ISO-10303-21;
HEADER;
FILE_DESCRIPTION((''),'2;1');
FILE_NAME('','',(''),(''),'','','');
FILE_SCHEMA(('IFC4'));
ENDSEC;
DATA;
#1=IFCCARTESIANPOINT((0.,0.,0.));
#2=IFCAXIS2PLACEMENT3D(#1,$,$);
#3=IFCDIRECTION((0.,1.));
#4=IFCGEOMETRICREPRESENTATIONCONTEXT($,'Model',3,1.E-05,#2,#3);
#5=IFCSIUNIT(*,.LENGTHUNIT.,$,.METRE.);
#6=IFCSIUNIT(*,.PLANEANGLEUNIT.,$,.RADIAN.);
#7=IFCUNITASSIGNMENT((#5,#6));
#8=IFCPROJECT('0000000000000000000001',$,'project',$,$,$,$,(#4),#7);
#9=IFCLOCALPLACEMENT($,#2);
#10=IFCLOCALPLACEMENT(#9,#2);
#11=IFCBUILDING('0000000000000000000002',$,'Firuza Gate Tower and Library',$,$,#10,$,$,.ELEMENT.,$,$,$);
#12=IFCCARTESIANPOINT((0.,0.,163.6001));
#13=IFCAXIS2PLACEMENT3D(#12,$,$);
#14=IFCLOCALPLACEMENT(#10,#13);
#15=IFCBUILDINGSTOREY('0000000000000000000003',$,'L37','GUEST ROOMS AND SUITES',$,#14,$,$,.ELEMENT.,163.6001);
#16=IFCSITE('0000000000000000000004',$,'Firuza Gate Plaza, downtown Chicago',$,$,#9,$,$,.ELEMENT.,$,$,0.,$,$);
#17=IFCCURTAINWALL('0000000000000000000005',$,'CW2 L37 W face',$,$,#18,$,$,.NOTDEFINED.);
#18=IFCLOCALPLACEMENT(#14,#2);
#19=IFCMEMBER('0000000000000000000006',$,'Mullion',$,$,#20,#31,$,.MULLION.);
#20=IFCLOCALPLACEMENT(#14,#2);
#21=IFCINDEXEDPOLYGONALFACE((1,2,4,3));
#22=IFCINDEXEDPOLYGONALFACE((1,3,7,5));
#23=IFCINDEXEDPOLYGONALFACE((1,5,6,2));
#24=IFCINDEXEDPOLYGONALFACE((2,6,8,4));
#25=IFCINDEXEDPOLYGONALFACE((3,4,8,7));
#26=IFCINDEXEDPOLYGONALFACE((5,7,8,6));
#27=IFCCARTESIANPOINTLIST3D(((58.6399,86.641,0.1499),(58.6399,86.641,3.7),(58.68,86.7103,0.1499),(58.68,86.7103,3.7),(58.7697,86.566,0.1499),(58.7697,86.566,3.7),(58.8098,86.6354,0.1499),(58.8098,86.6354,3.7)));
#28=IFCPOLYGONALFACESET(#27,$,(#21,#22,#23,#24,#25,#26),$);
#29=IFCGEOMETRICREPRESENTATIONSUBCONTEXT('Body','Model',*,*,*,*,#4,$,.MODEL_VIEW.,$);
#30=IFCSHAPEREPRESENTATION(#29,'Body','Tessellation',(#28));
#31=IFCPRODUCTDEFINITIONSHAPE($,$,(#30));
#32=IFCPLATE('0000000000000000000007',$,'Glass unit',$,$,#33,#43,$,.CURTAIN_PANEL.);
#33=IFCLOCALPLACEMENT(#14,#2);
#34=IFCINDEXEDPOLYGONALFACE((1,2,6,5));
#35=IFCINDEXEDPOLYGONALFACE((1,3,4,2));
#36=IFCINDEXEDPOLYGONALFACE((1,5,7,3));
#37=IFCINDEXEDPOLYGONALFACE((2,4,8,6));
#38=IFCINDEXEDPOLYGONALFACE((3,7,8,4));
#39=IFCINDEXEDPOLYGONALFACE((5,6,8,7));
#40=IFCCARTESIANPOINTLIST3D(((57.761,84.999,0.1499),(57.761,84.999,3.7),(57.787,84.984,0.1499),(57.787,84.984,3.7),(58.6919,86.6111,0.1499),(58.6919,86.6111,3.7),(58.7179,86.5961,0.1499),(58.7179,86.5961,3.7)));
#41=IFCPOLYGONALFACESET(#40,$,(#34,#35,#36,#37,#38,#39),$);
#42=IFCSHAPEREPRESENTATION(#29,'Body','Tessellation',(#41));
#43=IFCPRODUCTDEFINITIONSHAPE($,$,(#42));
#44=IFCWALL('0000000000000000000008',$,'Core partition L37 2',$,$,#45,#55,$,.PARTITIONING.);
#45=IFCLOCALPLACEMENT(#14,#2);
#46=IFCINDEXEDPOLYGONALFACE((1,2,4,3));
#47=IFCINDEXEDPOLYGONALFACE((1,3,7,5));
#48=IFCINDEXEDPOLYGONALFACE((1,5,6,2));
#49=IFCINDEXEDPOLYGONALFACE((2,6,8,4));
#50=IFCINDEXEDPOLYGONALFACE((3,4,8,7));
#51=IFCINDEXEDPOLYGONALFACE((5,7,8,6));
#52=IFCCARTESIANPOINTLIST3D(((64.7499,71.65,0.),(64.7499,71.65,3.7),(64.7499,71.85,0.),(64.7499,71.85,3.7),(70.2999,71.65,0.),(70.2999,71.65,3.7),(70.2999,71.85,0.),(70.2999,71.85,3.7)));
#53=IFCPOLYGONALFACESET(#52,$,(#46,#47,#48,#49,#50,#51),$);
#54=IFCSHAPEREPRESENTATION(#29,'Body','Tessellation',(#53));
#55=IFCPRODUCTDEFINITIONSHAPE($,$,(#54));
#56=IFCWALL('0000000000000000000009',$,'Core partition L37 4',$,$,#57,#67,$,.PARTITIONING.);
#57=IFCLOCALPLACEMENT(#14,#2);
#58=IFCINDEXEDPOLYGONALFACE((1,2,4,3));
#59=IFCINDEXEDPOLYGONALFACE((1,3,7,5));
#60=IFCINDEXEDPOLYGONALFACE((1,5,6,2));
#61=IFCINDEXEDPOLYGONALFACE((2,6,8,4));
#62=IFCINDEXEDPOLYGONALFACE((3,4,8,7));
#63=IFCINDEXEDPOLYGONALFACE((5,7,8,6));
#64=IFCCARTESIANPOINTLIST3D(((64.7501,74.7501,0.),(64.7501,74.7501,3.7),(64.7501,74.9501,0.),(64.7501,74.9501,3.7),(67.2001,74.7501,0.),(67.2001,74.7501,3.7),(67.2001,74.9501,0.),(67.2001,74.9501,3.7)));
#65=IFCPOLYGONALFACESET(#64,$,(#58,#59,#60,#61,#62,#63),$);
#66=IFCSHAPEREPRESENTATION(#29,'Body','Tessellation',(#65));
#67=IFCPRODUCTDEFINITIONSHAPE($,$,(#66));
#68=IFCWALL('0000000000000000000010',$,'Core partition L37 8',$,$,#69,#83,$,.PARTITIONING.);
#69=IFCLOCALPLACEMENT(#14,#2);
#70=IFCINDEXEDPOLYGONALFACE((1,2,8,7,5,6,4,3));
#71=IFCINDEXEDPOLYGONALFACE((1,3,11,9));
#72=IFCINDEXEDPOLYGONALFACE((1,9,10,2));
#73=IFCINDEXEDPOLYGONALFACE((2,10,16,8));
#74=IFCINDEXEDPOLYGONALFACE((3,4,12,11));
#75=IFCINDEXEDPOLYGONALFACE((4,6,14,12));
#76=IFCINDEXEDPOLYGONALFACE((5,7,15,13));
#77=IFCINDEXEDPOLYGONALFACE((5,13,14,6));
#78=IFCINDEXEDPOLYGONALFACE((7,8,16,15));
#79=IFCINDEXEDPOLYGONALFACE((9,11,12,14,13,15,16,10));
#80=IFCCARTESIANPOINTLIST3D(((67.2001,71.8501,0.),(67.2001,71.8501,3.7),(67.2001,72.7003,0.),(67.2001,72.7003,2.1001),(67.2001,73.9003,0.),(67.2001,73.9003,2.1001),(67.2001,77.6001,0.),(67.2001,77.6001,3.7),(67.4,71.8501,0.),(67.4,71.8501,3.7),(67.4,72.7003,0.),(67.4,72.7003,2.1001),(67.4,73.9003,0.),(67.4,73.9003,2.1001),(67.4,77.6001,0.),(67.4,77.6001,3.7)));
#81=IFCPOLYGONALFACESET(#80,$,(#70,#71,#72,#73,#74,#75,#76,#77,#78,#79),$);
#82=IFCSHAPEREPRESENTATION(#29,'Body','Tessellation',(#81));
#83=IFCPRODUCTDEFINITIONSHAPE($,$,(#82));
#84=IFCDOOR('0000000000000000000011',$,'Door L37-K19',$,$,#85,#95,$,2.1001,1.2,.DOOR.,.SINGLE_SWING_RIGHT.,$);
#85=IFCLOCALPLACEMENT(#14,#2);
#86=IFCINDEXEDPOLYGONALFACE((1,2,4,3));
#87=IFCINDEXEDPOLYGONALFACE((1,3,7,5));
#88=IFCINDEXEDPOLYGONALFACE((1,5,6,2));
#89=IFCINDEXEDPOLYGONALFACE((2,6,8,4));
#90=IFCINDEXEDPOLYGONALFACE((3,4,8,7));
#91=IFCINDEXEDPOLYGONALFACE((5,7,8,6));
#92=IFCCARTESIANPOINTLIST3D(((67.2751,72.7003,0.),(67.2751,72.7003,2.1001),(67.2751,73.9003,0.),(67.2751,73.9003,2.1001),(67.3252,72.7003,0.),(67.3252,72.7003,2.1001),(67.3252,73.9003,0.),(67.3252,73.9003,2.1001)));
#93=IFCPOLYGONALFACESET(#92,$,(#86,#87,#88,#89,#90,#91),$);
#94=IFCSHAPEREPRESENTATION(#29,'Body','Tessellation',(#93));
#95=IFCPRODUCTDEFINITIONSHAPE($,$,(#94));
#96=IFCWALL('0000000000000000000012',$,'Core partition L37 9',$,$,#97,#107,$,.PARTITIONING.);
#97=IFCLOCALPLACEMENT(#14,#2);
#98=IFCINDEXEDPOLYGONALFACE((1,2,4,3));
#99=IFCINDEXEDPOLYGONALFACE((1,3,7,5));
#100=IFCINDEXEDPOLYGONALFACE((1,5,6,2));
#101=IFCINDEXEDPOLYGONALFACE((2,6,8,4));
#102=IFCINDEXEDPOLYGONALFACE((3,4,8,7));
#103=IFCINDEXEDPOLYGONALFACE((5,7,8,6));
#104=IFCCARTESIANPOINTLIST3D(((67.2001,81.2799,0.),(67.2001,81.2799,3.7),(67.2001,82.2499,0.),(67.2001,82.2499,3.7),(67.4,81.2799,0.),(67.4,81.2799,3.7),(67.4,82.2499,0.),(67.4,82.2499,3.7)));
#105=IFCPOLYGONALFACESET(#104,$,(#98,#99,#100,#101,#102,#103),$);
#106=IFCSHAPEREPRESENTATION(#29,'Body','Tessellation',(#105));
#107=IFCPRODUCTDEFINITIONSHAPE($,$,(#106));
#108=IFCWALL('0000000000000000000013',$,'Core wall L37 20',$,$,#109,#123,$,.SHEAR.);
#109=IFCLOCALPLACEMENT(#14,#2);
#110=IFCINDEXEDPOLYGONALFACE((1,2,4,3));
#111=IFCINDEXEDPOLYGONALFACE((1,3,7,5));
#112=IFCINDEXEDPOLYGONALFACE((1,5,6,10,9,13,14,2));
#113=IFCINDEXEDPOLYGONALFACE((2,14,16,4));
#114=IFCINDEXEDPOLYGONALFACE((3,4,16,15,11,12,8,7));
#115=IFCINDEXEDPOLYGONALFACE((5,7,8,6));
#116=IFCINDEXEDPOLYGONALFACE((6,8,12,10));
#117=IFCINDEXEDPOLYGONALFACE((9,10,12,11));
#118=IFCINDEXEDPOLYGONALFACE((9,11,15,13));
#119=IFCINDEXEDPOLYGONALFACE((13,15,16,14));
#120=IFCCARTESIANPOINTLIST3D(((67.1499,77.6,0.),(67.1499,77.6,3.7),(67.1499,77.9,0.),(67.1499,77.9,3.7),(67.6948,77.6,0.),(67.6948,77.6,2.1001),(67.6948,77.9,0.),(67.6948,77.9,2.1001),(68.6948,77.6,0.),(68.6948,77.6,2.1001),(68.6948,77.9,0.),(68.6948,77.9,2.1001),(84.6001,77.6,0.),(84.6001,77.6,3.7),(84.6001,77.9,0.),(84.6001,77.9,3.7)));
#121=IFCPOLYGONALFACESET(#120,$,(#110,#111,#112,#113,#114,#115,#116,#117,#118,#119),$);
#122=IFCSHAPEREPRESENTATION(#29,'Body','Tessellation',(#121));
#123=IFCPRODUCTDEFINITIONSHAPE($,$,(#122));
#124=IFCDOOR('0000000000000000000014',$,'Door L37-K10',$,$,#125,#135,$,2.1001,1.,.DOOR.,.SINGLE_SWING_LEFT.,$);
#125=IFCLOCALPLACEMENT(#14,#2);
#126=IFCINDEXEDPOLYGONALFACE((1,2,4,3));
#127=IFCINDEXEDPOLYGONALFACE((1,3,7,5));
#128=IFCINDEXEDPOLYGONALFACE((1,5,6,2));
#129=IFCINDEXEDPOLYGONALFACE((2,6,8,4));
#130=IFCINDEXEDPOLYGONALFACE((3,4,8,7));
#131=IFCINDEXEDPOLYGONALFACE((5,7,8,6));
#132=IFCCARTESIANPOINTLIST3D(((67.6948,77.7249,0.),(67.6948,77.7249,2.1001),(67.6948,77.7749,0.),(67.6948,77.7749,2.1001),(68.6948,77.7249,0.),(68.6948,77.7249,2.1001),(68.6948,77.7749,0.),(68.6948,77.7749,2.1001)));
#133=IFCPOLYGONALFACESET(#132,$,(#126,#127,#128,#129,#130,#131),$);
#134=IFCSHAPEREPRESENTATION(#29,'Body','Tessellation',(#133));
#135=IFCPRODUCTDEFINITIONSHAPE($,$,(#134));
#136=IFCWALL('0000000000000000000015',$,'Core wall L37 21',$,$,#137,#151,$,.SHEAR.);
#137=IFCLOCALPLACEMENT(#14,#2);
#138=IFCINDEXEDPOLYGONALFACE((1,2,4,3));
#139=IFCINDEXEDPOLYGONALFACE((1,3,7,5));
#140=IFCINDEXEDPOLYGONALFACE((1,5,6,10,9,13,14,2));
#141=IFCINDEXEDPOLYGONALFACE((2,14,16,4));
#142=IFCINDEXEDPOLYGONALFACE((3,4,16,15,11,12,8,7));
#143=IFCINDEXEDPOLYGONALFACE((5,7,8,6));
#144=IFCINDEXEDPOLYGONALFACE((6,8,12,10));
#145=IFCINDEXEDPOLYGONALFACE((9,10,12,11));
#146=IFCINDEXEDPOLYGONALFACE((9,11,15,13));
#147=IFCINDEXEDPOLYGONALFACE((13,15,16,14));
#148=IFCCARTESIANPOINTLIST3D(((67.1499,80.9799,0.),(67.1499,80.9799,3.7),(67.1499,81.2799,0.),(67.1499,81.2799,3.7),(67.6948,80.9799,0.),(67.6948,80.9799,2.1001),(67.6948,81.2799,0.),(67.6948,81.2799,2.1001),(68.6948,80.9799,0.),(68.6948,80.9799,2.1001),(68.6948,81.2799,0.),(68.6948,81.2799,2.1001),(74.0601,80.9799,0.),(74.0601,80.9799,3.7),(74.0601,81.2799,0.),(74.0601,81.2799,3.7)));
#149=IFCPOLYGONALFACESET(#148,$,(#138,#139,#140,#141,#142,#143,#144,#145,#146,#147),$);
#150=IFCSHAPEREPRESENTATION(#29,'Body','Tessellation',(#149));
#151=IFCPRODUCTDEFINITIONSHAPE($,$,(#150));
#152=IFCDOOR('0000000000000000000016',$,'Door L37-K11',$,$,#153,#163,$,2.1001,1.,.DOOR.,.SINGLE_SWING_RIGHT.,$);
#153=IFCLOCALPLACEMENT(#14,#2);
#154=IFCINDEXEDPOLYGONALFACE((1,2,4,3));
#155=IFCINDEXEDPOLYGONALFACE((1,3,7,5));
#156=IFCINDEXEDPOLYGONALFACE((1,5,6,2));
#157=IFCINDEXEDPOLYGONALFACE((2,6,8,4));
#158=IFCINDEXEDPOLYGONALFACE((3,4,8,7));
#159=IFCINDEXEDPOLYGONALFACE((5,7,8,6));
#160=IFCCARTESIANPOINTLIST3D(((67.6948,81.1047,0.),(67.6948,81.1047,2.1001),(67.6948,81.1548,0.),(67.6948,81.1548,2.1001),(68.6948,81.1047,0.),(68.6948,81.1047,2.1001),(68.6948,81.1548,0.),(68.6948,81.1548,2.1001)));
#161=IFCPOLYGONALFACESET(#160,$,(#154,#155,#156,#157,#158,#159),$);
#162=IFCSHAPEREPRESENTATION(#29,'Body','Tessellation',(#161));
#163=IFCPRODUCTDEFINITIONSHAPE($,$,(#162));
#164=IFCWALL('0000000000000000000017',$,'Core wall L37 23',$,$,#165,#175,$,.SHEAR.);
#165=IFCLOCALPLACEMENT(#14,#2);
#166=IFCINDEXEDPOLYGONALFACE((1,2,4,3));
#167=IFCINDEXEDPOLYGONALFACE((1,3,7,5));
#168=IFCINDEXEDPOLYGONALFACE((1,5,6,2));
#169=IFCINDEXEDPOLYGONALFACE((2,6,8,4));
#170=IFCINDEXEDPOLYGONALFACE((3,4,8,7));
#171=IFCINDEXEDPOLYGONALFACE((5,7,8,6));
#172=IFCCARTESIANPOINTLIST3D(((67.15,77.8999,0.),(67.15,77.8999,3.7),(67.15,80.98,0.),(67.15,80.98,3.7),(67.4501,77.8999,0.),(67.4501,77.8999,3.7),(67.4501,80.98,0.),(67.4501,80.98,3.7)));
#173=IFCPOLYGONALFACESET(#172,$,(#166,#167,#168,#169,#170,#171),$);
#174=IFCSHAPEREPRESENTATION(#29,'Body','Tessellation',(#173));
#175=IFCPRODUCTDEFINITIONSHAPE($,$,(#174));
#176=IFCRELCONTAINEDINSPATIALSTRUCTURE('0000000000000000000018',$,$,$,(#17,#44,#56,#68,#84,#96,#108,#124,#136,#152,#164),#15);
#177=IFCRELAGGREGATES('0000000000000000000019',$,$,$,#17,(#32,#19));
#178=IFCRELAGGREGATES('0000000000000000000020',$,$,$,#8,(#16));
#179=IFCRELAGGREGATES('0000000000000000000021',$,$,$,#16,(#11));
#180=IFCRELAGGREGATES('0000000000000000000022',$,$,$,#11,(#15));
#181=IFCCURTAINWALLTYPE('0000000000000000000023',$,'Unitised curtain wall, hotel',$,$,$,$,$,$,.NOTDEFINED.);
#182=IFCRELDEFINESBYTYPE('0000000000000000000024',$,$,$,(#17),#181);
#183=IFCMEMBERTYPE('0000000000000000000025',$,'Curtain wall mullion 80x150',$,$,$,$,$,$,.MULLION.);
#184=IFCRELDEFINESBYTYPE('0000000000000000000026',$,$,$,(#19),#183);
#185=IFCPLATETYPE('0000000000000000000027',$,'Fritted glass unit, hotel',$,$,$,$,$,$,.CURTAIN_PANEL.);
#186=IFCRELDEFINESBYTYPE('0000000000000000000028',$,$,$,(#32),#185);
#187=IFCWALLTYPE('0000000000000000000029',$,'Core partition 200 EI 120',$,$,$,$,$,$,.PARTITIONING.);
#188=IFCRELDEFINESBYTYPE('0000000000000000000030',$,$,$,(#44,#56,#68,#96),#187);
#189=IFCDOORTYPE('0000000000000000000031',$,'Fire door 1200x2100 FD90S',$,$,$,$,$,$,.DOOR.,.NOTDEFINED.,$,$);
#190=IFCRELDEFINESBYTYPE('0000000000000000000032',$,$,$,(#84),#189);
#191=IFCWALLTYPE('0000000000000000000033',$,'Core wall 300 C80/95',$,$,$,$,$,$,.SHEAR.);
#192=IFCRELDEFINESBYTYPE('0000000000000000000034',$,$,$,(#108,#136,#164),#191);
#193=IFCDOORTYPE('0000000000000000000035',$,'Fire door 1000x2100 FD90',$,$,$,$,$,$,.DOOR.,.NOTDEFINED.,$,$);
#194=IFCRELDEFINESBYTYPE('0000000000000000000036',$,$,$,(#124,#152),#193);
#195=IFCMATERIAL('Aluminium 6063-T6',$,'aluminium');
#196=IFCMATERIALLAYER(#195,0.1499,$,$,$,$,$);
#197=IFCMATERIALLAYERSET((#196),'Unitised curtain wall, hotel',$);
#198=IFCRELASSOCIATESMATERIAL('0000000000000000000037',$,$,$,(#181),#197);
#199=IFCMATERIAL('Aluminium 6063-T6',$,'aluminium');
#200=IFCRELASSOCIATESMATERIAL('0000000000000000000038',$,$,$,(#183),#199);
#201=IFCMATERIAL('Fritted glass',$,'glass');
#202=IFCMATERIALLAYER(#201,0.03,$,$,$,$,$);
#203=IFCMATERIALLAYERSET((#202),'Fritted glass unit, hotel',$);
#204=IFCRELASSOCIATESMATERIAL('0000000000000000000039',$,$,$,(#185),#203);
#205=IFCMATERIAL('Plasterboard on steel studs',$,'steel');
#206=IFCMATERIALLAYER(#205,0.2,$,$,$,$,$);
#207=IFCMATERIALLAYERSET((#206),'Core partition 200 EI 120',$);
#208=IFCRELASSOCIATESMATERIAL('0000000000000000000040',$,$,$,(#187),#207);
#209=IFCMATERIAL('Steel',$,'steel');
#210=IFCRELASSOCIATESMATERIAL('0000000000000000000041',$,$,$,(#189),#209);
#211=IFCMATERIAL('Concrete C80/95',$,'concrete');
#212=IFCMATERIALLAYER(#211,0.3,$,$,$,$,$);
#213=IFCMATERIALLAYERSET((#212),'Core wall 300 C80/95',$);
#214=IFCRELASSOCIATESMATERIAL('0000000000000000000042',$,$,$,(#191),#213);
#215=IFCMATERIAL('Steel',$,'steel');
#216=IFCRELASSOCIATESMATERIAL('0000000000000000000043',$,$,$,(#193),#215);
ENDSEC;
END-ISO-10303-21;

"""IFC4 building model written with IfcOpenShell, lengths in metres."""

from ifc_helpers import new_model, si_unit, direction, frame, frame_2d, origin, origin_2d, place, context, subcontext, project, spatial, polyline, rectangle, outline, extrude, material, layer, layer_set, material_profile, profile_set, type_object, element, fill, aggregate, save


model = new_model("IFC4")

# Units and contexts
model_context = context("Model", 3, precision=1e-05, world=origin(), true_north=direction((0.0, 1.0)))
body_context = subcontext(model_context, "Body", "Model", "MODEL_VIEW")
ifc_project = project(units=[si_unit("LENGTHUNIT", "METRE"), si_unit("PLANEANGLEUNIT", "RADIAN")], contexts=[model_context])

# Site, building, storey
site_placement = place(None, origin())
site = spatial("IfcSite", under=ifc_project, at=site_placement, Name="Firuza Gate Plaza, downtown Chicago", CompositionType="ELEMENT", RefElevation=0.0)
building_placement = place(site_placement, origin())
building = spatial("IfcBuilding", under=site, at=building_placement, Name="Firuza Gate Tower and Library", CompositionType="ELEMENT")
storey_placement = place(building_placement, frame((0.0, 0.0, 163.6001)))
storey = spatial("IfcBuildingStorey", under=building, at=storey_placement, Name="L37", Description="GUEST ROOMS AND SUITES", CompositionType="ELEMENT", Elevation=163.6001)

# Curtain wall, member, plate
ifc_material_1 = material(Name="Aluminium 6063-T6", Category="aluminium")
ifc_layer_1 = layer(ifc_material_1, 0.1499)
ifc_layer_set_1 = layer_set([ifc_layer_1], Name="Unitised curtain wall, hotel")
curtain_wall_type = type_object("IfcCurtainWallType", Name="Unitised curtain wall, hotel", PredefinedType="NOTDEFINED", material=ifc_layer_set_1)
curtain_wall_placement = place(storey_placement, origin())
curtain_wall = element("IfcCurtainWall", 1, at=curtain_wall_placement, inside=storey, type_object=curtain_wall_type, Name="CW2 L37 W face", PredefinedType="NOTDEFINED")
ifc_material_2 = material(Name="Aluminium 6063-T6", Category="aluminium")
ifc_material_profile = material_profile(ifc_material_2, rectangle(XDim=0.1499, YDim=0.0801, at=origin_2d()))
ifc_profile_set = profile_set([ifc_material_profile], Name="Aluminium 6063-T6")
member_type = type_object("IfcMemberType", Name="Curtain wall mullion 80x150", PredefinedType="MULLION", material=ifc_profile_set)
member_placement = place(storey_placement, frame((58.7249, 86.6382, 0.1499), z_axis=(0.0, 0.0, 1.0), x_axis=(0.866025, -0.5, 0.0)))
member = element("IfcMember", 2, at=member_placement, type_object=member_type, Name="Mullion", PredefinedType="MULLION", context=body_context, shape_type="SweptSolid", body=[
    extrude(rectangle(XDim=0.1499, YDim=0.0801, at=origin_2d()), origin(), (0.0, 0.0, 1.0), 3.55),
])
ifc_material_3 = material(Name="Fritted glass", Category="glass")
ifc_layer_2 = layer(ifc_material_3, 0.03)
ifc_layer_set_2 = layer_set([ifc_layer_2], Name="Fritted glass unit, hotel")
plate_type = type_object("IfcPlateType", Name="Fritted glass unit, hotel", PredefinedType="CURTAIN_PANEL", material=ifc_layer_set_2)
plate_placement = place(storey_placement, frame((58.6919, 86.6111, 0.1499), z_axis=(-0.865982, 0.500074, 0.0), x_axis=(-0.500074, -0.865982, 0.0)))
plate = element("IfcPlate", 3, at=plate_placement, type_object=plate_type, Name="Glass unit", PredefinedType="CURTAIN_PANEL", context=body_context, shape_type="SweptSolid", body=[
    extrude(outline(polyline([(0.0, 0.0), (1.8615, 0.0), (1.8615, 3.55), (0.0, 3.55), (0.0, 0.0)])), origin(), (0.0, 0.0, -1.0), 0.03),
])
aggregate(curtain_wall, [plate, member])

# Walls
ifc_material_4 = material(Name="Plasterboard on steel studs", Category="steel")
ifc_layer_3 = layer(ifc_material_4, 0.2)
ifc_layer_set_3 = layer_set([ifc_layer_3], Name="Core partition 200 EI 120")
wall_type_1 = type_object("IfcWallType", Name="Core partition 200 EI 120", PredefinedType="PARTITIONING", material=ifc_layer_set_3)
wall_1_placement = place(storey_placement, frame((64.75, 71.75, 0.0), z_axis=(0.0, 0.0, 1.0), x_axis=(1.0, 0.0, 0.0)))
element("IfcWall", 4, at=wall_1_placement, inside=storey, type_object=wall_type_1, Name="Core partition L37 2", PredefinedType="PARTITIONING", context=body_context, shape_type="SweptSolid", body=[
    extrude(rectangle(XDim=5.55, YDim=0.2, at=frame_2d((2.7749, 0.0))), origin(), (0.0, 0.0, 1.0), 3.7),
])
wall_2_placement = place(storey_placement, frame((64.75, 74.8501, 0.0), z_axis=(0.0, 0.0, 1.0), x_axis=(1.0, 0.0, 0.0)))
element("IfcWall", 5, at=wall_2_placement, inside=storey, type_object=wall_type_1, Name="Core partition L37 4", PredefinedType="PARTITIONING", context=body_context, shape_type="SweptSolid", body=[
    extrude(rectangle(XDim=2.45, YDim=0.2, at=frame_2d((1.2251, 0.0))), origin(), (0.0, 0.0, 1.0), 3.7),
])

# Wall, opening, door
wall_3_placement = place(storey_placement, frame((67.3, 71.8501, 0.0), z_axis=(0.0, 0.0, 1.0), x_axis=(0.0, 1.0, 0.0)))
wall_3 = element("IfcWall", 6, at=wall_3_placement, inside=storey, type_object=wall_type_1, Name="Core partition L37 8", PredefinedType="PARTITIONING", context=body_context, shape_type="SweptSolid", body=[
    extrude(rectangle(XDim=5.75, YDim=0.2, at=frame_2d((2.875, 0.0))), origin(), (0.0, 0.0, 1.0), 3.7),
])
opening_1_placement = place(wall_3_placement, frame((0.8501, 0.0, 0.0)))
opening_1 = element("IfcOpeningElement", 7, at=opening_1_placement, cuts=wall_3, PredefinedType="OPENING", context=body_context, shape_type="SweptSolid", body=[
    extrude(rectangle(XDim=1.2, YDim=2.1001, at=frame_2d((0.6001, 1.05))), frame((0.0, 0.1099, 0.0), z_axis=(0.0, -1.0, 0.0), x_axis=(1.0, 0.0, 0.0)), (0.0, 0.0, 1.0), 0.22),
])
ifc_material_5 = material(Name="Steel", Category="steel")
door_type_1 = type_object("IfcDoorType", Name="Fire door 1200x2100 FD90S", OperationType="NOTDEFINED", PredefinedType="DOOR", material=ifc_material_5)
door_1_placement = place(opening_1_placement, origin())
door_1 = element("IfcDoor", 8, at=door_1_placement, inside=storey, type_object=door_type_1, Name="Door L37-K19", OperationType="SINGLE_SWING_RIGHT", OverallHeight=2.1001, OverallWidth=1.2, PredefinedType="DOOR", context=body_context, shape_type="SweptSolid", body=[
    extrude(rectangle(XDim=1.2, YDim=2.1001, at=frame_2d((0.6001, 1.05))), frame((0.0, 0.0249, 0.0), z_axis=(0.0, -1.0, 0.0), x_axis=(1.0, 0.0, 0.0)), (0.0, 0.0, 1.0), 0.05),
])
fill(opening_1, door_1)

# Wall
wall_4_placement = place(storey_placement, frame((67.3, 81.28, 0.0), z_axis=(0.0, 0.0, 1.0), x_axis=(0.0, 1.0, 0.0)))
element("IfcWall", 9, at=wall_4_placement, inside=storey, type_object=wall_type_1, Name="Core partition L37 9", PredefinedType="PARTITIONING", context=body_context, shape_type="SweptSolid", body=[
    extrude(rectangle(XDim=0.97, YDim=0.2, at=frame_2d((0.4849, 0.0))), origin(), (0.0, 0.0, 1.0), 3.7),
])

# Walls, openings, doors
ifc_material_6 = material(Name="Concrete C80/95", Category="concrete")
ifc_layer_4 = layer(ifc_material_6, 0.3)
ifc_layer_set_4 = layer_set([ifc_layer_4], Name="Core wall 300 C80/95")
wall_type_2 = type_object("IfcWallType", Name="Core wall 300 C80/95", PredefinedType="SHEAR", material=ifc_layer_set_4)
wall_5_placement = place(storey_placement, frame((67.1499, 77.75, 0.0), z_axis=(0.0, 0.0, 1.0), x_axis=(1.0, 0.0, 0.0)))
wall_5 = element("IfcWall", 10, at=wall_5_placement, inside=storey, type_object=wall_type_2, Name="Core wall L37 20", PredefinedType="SHEAR", context=body_context, shape_type="SweptSolid", body=[
    extrude(rectangle(XDim=17.4502, YDim=0.3, at=frame_2d((8.7251, 0.0))), origin(), (0.0, 0.0, 1.0), 3.7),
])
opening_2_placement = place(wall_5_placement, frame((0.5449, 0.0, 0.0)))
opening_2 = element("IfcOpeningElement", 11, at=opening_2_placement, cuts=wall_5, PredefinedType="OPENING", context=body_context, shape_type="SweptSolid", body=[
    extrude(rectangle(XDim=1.0, YDim=2.1001, at=frame_2d((0.5, 1.05))), frame((0.0, 0.1602, 0.0), z_axis=(0.0, -1.0, 0.0), x_axis=(1.0, 0.0, 0.0)), (0.0, 0.0, 1.0), 0.3201),
])
ifc_material_7 = material(Name="Steel", Category="steel")
door_type_2 = type_object("IfcDoorType", Name="Fire door 1000x2100 FD90", OperationType="NOTDEFINED", PredefinedType="DOOR", material=ifc_material_7)
door_2_placement = place(opening_2_placement, origin())
door_2 = element("IfcDoor", 12, at=door_2_placement, inside=storey, type_object=door_type_2, Name="Door L37-K10", OperationType="SINGLE_SWING_LEFT", OverallHeight=2.1001, OverallWidth=1.0, PredefinedType="DOOR", context=body_context, shape_type="SweptSolid", body=[
    extrude(rectangle(XDim=1.0, YDim=2.1001, at=frame_2d((0.5, 1.05))), frame((0.0, 0.0249, 0.0), z_axis=(0.0, -1.0, 0.0), x_axis=(1.0, 0.0, 0.0)), (0.0, 0.0, 1.0), 0.05),
])
fill(opening_2, door_2)
wall_6_placement = place(storey_placement, frame((67.1499, 81.1299, 0.0), z_axis=(0.0, 0.0, 1.0), x_axis=(1.0, 0.0, 0.0)))
wall_6 = element("IfcWall", 13, at=wall_6_placement, inside=storey, type_object=wall_type_2, Name="Core wall L37 21", PredefinedType="SHEAR", context=body_context, shape_type="SweptSolid", body=[
    extrude(rectangle(XDim=6.9102, YDim=0.3, at=frame_2d((3.4551, 0.0))), origin(), (0.0, 0.0, 1.0), 3.7),
])
opening_3_placement = place(wall_6_placement, frame((0.5449, 0.0, 0.0)))
opening_3 = element("IfcOpeningElement", 14, at=opening_3_placement, cuts=wall_6, PredefinedType="OPENING", context=body_context, shape_type="SweptSolid", body=[
    extrude(rectangle(XDim=1.0, YDim=2.1001, at=frame_2d((0.5, 1.05))), frame((0.0, 0.1602, 0.0), z_axis=(0.0, -1.0, 0.0), x_axis=(1.0, 0.0, 0.0)), (0.0, 0.0, 1.0), 0.3201),
])
door_3_placement = place(opening_3_placement, origin())
door_3 = element("IfcDoor", 15, at=door_3_placement, inside=storey, type_object=door_type_2, Name="Door L37-K11", OperationType="SINGLE_SWING_RIGHT", OverallHeight=2.1001, OverallWidth=1.0, PredefinedType="DOOR", context=body_context, shape_type="SweptSolid", body=[
    extrude(rectangle(XDim=1.0, YDim=2.1001, at=frame_2d((0.5, 1.05))), frame((0.0, 0.0249, 0.0), z_axis=(0.0, -1.0, 0.0), x_axis=(1.0, 0.0, 0.0)), (0.0, 0.0, 1.0), 0.05),
])
fill(opening_3, door_3)

# Wall
wall_7_placement = place(storey_placement, frame((67.3, 77.8999, 0.0), z_axis=(0.0, 0.0, 1.0), x_axis=(0.0, 1.0, 0.0)))
element("IfcWall", 16, at=wall_7_placement, inside=storey, type_object=wall_type_2, Name="Core wall L37 23", PredefinedType="SHEAR", context=body_context, shape_type="SweptSolid", body=[
    extrude(rectangle(XDim=3.0801, YDim=0.3, at=frame_2d((1.54, 0.0))), origin(), (0.0, 0.0, 1.0), 3.7),
])

save(model, "model.ifc")
